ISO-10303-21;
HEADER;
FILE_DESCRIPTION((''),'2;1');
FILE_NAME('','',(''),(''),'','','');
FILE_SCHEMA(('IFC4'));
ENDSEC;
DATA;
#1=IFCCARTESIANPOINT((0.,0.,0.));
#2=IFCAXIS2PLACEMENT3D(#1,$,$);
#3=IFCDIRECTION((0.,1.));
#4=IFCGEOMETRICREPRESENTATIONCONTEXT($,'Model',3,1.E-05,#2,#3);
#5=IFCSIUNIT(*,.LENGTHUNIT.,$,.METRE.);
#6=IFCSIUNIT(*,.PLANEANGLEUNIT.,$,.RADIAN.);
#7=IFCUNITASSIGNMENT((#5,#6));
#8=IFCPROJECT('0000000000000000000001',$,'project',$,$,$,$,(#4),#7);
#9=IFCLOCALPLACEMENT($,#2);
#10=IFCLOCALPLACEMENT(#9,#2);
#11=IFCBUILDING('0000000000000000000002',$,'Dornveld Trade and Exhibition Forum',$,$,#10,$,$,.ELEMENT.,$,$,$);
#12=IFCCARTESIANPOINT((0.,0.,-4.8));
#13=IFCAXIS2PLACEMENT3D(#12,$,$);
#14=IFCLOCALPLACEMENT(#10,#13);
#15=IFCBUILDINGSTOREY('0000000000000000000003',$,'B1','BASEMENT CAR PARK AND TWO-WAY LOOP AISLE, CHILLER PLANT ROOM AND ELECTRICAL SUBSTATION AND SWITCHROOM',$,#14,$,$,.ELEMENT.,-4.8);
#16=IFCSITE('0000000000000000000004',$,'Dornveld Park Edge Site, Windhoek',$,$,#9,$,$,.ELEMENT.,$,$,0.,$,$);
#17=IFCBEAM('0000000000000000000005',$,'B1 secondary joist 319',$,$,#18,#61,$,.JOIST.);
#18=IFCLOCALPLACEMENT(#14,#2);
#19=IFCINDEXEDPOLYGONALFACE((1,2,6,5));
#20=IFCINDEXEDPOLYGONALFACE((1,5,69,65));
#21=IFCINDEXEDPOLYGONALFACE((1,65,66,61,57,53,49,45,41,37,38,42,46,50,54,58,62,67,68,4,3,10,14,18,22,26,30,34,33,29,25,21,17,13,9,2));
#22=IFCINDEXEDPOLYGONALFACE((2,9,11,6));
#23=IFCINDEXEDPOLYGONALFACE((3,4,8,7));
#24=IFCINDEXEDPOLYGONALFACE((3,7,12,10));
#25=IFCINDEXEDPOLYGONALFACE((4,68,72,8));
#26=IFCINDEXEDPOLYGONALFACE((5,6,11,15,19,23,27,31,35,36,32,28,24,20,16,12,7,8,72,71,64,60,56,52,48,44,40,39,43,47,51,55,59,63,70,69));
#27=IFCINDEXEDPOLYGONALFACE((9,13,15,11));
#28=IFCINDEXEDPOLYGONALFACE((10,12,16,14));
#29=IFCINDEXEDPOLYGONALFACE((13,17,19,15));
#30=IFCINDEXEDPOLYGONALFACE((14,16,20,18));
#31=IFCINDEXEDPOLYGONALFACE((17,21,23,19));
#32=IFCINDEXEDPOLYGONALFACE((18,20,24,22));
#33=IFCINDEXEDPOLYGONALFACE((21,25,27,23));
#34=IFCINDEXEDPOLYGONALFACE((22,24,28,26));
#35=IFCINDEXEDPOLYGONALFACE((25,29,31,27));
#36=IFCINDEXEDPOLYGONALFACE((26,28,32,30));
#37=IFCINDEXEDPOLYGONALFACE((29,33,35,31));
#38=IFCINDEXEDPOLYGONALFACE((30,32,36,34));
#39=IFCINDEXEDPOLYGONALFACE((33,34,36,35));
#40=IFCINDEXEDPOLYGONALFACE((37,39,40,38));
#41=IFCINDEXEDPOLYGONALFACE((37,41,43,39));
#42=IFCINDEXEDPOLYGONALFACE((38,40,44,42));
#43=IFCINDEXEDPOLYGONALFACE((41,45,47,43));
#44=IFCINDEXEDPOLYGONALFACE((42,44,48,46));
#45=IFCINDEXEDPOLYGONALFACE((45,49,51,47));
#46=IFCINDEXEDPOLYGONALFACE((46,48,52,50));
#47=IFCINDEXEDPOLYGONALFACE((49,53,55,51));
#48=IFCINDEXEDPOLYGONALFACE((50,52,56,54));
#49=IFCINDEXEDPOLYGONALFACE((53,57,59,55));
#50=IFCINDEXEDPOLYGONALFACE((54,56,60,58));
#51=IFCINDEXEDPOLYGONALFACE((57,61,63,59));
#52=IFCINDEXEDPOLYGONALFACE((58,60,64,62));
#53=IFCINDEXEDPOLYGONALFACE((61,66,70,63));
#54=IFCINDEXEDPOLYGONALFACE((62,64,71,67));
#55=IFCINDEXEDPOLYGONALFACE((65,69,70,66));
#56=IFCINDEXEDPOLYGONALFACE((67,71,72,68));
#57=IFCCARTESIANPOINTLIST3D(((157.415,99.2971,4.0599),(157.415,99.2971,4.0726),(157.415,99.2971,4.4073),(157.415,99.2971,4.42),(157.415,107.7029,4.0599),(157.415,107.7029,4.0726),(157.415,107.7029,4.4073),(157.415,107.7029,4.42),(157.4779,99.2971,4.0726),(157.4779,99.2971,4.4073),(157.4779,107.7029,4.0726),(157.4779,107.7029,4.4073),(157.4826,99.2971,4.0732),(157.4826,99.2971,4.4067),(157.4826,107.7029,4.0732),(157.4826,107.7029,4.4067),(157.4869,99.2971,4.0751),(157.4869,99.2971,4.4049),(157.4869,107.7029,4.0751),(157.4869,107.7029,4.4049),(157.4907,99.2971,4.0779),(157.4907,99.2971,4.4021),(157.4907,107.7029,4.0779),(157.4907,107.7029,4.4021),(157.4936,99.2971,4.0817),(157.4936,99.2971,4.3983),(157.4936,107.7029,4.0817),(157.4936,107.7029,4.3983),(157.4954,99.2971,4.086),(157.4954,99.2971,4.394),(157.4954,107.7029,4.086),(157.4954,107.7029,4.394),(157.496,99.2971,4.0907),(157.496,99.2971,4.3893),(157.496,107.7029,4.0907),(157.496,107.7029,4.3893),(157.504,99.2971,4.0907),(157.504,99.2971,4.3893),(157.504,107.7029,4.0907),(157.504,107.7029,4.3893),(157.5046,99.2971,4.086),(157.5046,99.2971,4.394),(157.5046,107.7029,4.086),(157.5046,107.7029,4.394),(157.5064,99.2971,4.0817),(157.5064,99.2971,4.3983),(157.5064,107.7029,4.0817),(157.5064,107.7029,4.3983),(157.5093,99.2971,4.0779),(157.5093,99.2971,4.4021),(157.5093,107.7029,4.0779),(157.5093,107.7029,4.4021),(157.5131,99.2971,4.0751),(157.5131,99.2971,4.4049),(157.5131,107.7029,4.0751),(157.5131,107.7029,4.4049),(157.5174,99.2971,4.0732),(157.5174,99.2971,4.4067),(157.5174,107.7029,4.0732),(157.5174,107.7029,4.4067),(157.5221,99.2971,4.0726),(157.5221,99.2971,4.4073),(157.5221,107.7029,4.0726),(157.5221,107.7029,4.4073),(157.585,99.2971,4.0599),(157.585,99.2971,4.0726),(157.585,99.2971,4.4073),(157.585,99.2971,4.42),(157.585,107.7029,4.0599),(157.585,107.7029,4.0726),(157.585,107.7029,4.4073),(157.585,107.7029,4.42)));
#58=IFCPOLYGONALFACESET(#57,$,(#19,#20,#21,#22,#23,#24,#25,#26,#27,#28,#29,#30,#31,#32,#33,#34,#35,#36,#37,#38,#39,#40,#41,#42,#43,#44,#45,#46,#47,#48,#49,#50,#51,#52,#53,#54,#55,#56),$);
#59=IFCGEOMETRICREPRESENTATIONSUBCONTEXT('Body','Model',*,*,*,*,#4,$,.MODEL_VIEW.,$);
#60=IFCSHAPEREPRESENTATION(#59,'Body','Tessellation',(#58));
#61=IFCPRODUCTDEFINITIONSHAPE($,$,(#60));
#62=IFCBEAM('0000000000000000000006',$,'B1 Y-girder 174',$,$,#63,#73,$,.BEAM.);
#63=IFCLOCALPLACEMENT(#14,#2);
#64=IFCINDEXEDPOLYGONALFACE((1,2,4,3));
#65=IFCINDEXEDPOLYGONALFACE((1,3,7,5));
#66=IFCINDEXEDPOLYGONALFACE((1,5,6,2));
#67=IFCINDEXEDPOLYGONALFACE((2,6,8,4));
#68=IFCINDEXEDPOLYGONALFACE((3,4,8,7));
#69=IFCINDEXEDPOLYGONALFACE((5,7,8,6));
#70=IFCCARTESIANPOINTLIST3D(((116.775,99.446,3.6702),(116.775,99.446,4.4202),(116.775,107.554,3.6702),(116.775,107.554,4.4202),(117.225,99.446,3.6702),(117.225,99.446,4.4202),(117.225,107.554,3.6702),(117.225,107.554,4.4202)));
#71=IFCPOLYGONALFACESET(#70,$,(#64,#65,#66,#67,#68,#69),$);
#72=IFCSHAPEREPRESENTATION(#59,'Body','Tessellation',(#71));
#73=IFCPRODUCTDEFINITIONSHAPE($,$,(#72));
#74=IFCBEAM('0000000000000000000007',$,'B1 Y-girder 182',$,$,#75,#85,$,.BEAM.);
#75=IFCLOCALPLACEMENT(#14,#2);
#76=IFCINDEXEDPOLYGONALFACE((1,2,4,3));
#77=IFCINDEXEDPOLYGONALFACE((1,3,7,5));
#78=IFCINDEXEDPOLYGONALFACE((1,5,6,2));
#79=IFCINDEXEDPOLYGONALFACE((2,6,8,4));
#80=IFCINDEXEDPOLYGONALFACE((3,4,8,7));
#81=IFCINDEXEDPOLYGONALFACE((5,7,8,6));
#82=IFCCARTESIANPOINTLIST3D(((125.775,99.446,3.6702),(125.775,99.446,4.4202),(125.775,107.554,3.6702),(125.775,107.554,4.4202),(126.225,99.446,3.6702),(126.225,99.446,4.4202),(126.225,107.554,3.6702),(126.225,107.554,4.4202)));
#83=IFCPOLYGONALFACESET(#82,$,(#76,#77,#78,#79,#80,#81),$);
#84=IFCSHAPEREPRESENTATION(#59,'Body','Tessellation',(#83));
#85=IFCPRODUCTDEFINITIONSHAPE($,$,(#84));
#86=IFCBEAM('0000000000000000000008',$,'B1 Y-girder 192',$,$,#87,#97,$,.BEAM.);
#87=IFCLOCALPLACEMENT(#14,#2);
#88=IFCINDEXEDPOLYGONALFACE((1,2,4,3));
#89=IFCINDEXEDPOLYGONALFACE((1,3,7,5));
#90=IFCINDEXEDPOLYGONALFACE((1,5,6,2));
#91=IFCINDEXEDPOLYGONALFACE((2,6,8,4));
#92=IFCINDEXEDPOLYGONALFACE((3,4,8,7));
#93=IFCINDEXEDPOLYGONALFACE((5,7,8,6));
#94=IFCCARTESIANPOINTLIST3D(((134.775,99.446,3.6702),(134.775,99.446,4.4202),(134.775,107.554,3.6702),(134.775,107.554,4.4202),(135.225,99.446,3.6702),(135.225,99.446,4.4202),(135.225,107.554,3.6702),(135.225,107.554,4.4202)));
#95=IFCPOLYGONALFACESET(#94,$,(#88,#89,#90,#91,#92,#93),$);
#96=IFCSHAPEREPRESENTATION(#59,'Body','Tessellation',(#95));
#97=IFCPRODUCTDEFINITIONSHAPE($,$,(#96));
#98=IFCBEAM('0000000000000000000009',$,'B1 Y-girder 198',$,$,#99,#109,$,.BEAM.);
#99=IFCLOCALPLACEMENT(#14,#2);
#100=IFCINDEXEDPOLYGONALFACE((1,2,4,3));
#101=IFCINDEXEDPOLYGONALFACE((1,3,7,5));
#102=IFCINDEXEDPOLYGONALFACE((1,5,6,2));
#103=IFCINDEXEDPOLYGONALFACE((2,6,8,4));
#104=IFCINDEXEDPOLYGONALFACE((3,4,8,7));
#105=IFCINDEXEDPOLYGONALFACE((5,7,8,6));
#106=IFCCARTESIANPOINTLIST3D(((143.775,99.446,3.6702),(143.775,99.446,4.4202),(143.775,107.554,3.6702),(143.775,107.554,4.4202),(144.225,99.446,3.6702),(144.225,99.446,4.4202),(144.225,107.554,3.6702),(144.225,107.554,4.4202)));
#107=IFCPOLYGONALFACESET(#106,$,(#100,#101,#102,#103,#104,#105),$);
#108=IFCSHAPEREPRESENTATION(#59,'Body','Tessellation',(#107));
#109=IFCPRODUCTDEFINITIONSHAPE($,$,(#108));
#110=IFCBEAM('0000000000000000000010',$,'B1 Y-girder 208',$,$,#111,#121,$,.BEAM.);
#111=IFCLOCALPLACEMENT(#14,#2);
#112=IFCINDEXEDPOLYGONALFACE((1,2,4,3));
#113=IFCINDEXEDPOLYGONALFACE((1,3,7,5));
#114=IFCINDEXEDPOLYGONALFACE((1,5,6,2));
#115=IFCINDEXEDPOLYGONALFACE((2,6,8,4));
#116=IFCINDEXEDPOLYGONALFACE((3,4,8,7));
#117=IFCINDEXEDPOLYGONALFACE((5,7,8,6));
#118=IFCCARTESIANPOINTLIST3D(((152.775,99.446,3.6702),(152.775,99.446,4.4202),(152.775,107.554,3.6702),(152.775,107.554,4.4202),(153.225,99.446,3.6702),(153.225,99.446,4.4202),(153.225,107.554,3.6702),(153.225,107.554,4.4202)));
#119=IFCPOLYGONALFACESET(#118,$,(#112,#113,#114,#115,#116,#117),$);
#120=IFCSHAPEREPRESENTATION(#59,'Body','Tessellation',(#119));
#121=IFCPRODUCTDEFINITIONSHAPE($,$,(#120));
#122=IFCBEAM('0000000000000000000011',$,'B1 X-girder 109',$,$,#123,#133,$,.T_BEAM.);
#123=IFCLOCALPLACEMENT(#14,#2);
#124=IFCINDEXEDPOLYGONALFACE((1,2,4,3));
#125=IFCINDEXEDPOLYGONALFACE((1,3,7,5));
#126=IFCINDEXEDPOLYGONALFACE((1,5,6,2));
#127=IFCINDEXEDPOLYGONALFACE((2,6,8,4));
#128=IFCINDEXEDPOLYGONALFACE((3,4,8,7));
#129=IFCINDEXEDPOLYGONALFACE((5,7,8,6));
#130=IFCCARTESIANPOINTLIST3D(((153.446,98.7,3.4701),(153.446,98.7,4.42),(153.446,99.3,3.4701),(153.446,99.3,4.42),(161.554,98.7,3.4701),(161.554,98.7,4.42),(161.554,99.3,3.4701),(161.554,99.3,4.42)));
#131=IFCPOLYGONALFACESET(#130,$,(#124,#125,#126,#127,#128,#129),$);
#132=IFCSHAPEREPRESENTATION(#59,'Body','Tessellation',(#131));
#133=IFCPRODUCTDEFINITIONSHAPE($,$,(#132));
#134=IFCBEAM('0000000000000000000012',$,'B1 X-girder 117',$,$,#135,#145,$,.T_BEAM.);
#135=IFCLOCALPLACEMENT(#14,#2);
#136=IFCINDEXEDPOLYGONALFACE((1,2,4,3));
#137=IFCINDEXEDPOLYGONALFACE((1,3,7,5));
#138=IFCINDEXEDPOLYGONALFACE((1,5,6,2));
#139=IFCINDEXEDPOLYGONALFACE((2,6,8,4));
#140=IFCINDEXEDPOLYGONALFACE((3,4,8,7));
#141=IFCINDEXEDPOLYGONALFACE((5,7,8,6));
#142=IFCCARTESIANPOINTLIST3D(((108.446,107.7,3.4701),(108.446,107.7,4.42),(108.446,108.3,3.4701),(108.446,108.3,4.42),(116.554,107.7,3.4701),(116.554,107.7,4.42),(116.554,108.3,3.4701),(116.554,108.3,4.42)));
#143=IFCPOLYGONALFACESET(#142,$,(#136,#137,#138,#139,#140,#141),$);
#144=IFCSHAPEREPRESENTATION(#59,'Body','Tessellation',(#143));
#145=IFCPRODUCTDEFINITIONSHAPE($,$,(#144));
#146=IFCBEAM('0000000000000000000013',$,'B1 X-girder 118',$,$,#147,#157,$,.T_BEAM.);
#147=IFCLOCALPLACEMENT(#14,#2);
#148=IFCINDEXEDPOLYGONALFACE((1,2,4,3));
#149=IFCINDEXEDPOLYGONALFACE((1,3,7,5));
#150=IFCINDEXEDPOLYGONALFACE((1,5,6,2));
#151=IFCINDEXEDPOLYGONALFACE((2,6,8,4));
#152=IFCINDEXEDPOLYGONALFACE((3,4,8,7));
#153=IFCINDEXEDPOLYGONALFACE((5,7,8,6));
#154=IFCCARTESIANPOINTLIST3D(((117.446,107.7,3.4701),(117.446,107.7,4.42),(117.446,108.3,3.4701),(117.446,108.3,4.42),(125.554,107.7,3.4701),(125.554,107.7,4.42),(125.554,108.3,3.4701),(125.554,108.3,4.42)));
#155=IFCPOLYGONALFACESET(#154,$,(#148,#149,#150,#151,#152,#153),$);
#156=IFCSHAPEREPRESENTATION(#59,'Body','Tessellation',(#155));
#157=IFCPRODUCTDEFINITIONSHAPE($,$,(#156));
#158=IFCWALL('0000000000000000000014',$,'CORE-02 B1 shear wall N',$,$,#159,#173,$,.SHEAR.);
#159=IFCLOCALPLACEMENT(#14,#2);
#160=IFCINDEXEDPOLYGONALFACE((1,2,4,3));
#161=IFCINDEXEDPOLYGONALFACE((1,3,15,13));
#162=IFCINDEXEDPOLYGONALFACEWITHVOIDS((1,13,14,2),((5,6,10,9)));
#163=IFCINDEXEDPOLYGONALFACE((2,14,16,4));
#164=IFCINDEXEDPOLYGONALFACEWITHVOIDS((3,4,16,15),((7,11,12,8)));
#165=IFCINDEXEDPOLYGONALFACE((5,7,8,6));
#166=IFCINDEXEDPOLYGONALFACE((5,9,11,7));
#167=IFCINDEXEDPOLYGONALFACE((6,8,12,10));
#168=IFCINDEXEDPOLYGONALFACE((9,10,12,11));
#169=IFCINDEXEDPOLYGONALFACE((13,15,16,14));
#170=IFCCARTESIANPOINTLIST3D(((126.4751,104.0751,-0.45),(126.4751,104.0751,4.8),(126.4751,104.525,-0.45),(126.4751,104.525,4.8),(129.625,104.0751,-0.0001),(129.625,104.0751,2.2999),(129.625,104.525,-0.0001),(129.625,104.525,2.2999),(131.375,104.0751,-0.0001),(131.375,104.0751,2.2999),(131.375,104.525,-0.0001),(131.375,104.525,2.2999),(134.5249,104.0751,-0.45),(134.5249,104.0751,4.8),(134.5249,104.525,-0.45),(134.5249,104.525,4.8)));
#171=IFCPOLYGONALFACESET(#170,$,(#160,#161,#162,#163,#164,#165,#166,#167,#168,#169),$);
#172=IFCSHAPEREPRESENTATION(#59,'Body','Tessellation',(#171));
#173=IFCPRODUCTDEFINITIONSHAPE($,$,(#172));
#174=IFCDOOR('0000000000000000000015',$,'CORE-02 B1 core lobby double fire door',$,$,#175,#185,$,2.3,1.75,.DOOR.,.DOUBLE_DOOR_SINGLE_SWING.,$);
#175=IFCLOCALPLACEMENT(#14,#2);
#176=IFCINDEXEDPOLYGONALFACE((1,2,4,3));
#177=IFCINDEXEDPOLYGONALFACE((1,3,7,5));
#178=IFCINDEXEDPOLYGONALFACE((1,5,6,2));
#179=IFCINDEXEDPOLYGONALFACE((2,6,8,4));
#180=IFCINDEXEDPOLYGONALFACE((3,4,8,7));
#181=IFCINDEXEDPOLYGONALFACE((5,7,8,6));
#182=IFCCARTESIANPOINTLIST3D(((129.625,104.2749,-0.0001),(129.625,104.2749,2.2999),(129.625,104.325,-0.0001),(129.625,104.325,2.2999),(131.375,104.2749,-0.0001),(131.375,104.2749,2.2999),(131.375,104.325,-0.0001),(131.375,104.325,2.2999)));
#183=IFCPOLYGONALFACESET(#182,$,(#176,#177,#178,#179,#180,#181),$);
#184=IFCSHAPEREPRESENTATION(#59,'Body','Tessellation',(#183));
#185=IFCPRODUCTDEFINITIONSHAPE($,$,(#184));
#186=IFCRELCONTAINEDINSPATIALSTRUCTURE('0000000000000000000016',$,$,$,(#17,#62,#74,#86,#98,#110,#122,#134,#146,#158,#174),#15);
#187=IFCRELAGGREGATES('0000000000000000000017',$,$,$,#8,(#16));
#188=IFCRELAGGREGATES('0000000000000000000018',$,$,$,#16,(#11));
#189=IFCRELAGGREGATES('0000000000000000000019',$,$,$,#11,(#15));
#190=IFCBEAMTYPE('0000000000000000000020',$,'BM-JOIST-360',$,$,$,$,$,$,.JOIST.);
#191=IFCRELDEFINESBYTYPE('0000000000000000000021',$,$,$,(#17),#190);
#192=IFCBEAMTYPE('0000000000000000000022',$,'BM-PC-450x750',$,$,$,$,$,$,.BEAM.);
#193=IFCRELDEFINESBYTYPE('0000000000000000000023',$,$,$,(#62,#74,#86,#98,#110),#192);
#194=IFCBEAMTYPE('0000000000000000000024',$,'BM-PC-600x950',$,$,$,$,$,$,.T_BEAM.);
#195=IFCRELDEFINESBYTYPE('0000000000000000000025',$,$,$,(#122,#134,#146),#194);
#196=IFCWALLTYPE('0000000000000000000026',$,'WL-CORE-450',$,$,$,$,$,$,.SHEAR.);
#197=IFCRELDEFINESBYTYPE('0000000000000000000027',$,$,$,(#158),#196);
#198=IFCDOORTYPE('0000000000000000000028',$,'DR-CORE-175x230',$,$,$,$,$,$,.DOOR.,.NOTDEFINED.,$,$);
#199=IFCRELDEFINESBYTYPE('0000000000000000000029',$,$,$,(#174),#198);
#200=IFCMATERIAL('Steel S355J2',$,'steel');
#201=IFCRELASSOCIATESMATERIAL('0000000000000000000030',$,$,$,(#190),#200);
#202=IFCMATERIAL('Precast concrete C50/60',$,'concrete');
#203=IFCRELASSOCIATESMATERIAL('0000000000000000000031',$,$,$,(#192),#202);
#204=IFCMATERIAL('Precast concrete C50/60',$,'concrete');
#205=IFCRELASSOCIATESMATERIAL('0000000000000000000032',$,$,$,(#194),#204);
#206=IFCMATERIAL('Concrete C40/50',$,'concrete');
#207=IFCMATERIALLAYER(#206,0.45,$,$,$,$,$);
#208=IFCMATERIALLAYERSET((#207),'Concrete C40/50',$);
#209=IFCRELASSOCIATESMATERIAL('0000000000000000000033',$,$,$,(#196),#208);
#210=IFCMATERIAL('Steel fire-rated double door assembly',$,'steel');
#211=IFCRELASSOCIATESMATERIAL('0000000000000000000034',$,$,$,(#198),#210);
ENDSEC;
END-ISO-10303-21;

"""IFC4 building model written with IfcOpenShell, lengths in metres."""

from ifc_helpers import new_model, si_unit, direction, frame, frame_2d, origin, origin_2d, place, context, subcontext, project, spatial, rectangle, i_section, extrude, material, layer, layer_set, material_profile, profile_set, type_object, element, fill, save


model = new_model("IFC4")

# Units and contexts
model_context = context("Model", 3, precision=1e-05, world=origin(), true_north=direction((0.0, 1.0)))
body_context = subcontext(model_context, "Body", "Model", "MODEL_VIEW")
ifc_project = project(units=[si_unit("LENGTHUNIT", "METRE"), si_unit("PLANEANGLEUNIT", "RADIAN")], contexts=[model_context])

# Site, building, storey
site_placement = place(None, origin())
site = spatial("IfcSite", under=ifc_project, at=site_placement, Name="Dornveld Park Edge Site, Windhoek", CompositionType="ELEMENT", RefElevation=0.0)
building_placement = place(site_placement, origin())
building = spatial("IfcBuilding", under=site, at=building_placement, Name="Dornveld Trade and Exhibition Forum", CompositionType="ELEMENT")
storey_placement = place(building_placement, frame((0.0, 0.0, -4.8)))
storey = spatial("IfcBuildingStorey", under=building, at=storey_placement, Name="B1", Description="BASEMENT CAR PARK AND TWO-WAY LOOP AISLE, CHILLER PLANT ROOM AND ELECTRICAL SUBSTATION AND SWITCHROOM", CompositionType="ELEMENT", Elevation=-4.8)

# Beams
ifc_material_1 = material(Name="Steel S355J2", Category="steel")
ifc_material_profile_1 = material_profile(ifc_material_1, i_section(OverallWidth=0.1699, OverallDepth=0.3601, WebThickness=0.0081, FlangeThickness=0.0127, FilletRadius=0.0181, at=origin_2d()), Name="IPE 360")
ifc_profile_set_1 = profile_set([ifc_material_profile_1], Name="Steel S355J2")
beam_type_1 = type_object("IfcBeamType", Name="BM-JOIST-360", PredefinedType="JOIST", material=ifc_profile_set_1)
for number, where, z_axis, x_axis, name in (
    (1, (157.5, 99.2971, 4.24), (0.0, 1.0, 0.0), (-1.0, 0.0, 0.0), "B1 secondary joist 319"),
):
    element("IfcBeam", number, at=place(storey_placement, frame(where, z_axis=z_axis, x_axis=x_axis)), inside=storey, type_object=beam_type_1, Name=name, PredefinedType="JOIST", context=body_context, shape_type="SweptSolid", body=[
        extrude(i_section(OverallWidth=0.1699, OverallDepth=0.3601, WebThickness=0.0081, FlangeThickness=0.0127, FilletRadius=0.0181, at=origin_2d()), origin(), (0.0, 0.0, 1.0), 8.4058),
    ])
ifc_material_2 = material(Name="Precast concrete C50/60", Category="concrete")
ifc_material_profile_2 = material_profile(ifc_material_2, rectangle(XDim=0.45, YDim=0.75, at=origin_2d()), Name="PC-BM 450x750")
ifc_profile_set_2 = profile_set([ifc_material_profile_2], Name="Precast concrete C50/60")
beam_type_2 = type_object("IfcBeamType", Name="BM-PC-450x750", PredefinedType="BEAM", material=ifc_profile_set_2)
for number, where, z_axis, x_axis, name in (
    (2, (117.0, 99.446, 4.0452), (0.0, 1.0, 0.0), (-1.0, 0.0, 0.0), "B1 Y-girder 174"),
    (3, (126.0, 99.446, 4.0452), (0.0, 1.0, 0.0), (-1.0, 0.0, 0.0), "B1 Y-girder 182"),
    (4, (135.0, 99.446, 4.0452), (0.0, 1.0, 0.0), (-1.0, 0.0, 0.0), "B1 Y-girder 192"),
    (5, (144.0, 99.446, 4.0452), (0.0, 1.0, 0.0), (-1.0, 0.0, 0.0), "B1 Y-girder 198"),
    (6, (153.0, 99.446, 4.0452), (0.0, 1.0, 0.0), (-1.0, 0.0, 0.0), "B1 Y-girder 208"),
):
    element("IfcBeam", number, at=place(storey_placement, frame(where, z_axis=z_axis, x_axis=x_axis)), inside=storey, type_object=beam_type_2, Name=name, PredefinedType="BEAM", context=body_context, shape_type="SweptSolid", body=[
        extrude(rectangle(XDim=0.45, YDim=0.75, at=origin_2d()), origin(), (0.0, 0.0, 1.0), 8.1079),
    ])
ifc_material_3 = material(Name="Precast concrete C50/60", Category="concrete")
ifc_material_profile_3 = material_profile(ifc_material_3, rectangle(XDim=0.6001, YDim=0.95, at=origin_2d()), Name="PC-GIR 600x950")
ifc_profile_set_3 = profile_set([ifc_material_profile_3], Name="Precast concrete C50/60")
beam_type_3 = type_object("IfcBeamType", Name="BM-PC-600x950", PredefinedType="T_BEAM", material=ifc_profile_set_3)
for number, where, z_axis, x_axis, name in (
    (7, (153.446, 99.0, 3.9451), (1.0, 0.0, 0.0), (0.0, 1.0, 0.0), "B1 X-girder 109"),
    (8, (108.446, 108.0, 3.9451), (1.0, 0.0, 0.0), (0.0, 1.0, 0.0), "B1 X-girder 117"),
    (9, (117.446, 108.0, 3.9451), (1.0, 0.0, 0.0), (0.0, 1.0, 0.0), "B1 X-girder 118"),
):
    element("IfcBeam", number, at=place(storey_placement, frame(where, z_axis=z_axis, x_axis=x_axis)), inside=storey, type_object=beam_type_3, Name=name, PredefinedType="T_BEAM", context=body_context, shape_type="SweptSolid", body=[
        extrude(rectangle(XDim=0.6001, YDim=0.95, at=origin_2d()), origin(), (0.0, 0.0, 1.0), 8.1079),
    ])

# Wall, opening, door
ifc_material_4 = material(Name="Concrete C40/50", Category="concrete")
ifc_layer_1 = layer(ifc_material_4, 0.45)
ifc_layer_set_1 = layer_set([ifc_layer_1], Name="Concrete C40/50")
wall_type_1 = type_object("IfcWallType", Name="WL-CORE-450", PredefinedType="SHEAR", material=ifc_layer_set_1)
wall_1_placement = place(storey_placement, frame((126.4751, 104.3, -0.45), z_axis=(0.0, 0.0, 1.0), x_axis=(1.0, 0.0, 0.0)))
wall_1 = element("IfcWall", 10, at=wall_1_placement, inside=storey, type_object=wall_type_1, Name="CORE-02 B1 shear wall N", PredefinedType="SHEAR", context=body_context, shape_type="SweptSolid", body=[
    extrude(rectangle(XDim=8.0498, YDim=0.45, at=frame_2d((4.0249, 0.0))), origin(), (0.0, 0.0, 1.0), 5.25),
])
opening_1_placement = place(wall_1_placement, frame((3.1499, 0.0, 0.45)))
opening_1 = element("IfcOpeningElement", 11, at=opening_1_placement, cuts=wall_1, PredefinedType="OPENING", context=body_context, shape_type="SweptSolid", body=[
    extrude(rectangle(XDim=1.75, YDim=2.3, at=frame_2d((0.875, 1.1499))), frame((0.0, 0.2349, 0.0), z_axis=(0.0, -1.0, 0.0), x_axis=(1.0, 0.0, 0.0)), (0.0, 0.0, 1.0), 0.47),
])
ifc_material_5 = material(Name="Steel fire-rated double door assembly", Category="steel")
door_type_1 = type_object("IfcDoorType", Name="DR-CORE-175x230", OperationType="NOTDEFINED", PredefinedType="DOOR", material=ifc_material_5)
door_1_placement = place(opening_1_placement, origin())
door_1 = element("IfcDoor", 12, at=door_1_placement, inside=storey, type_object=door_type_1, Name="CORE-02 B1 core lobby double fire door", OperationType="DOUBLE_DOOR_SINGLE_SWING", OverallHeight=2.3, OverallWidth=1.75, PredefinedType="DOOR", context=body_context, shape_type="SweptSolid", body=[
    extrude(rectangle(XDim=1.75, YDim=2.3, at=frame_2d((0.875, 1.1499))), frame((0.0, 0.0249, 0.0), z_axis=(0.0, -1.0, 0.0), x_axis=(1.0, 0.0, 0.0)), (0.0, 0.0, 1.0), 0.05),
])
fill(opening_1, door_1)

save(model, "model.ifc")
